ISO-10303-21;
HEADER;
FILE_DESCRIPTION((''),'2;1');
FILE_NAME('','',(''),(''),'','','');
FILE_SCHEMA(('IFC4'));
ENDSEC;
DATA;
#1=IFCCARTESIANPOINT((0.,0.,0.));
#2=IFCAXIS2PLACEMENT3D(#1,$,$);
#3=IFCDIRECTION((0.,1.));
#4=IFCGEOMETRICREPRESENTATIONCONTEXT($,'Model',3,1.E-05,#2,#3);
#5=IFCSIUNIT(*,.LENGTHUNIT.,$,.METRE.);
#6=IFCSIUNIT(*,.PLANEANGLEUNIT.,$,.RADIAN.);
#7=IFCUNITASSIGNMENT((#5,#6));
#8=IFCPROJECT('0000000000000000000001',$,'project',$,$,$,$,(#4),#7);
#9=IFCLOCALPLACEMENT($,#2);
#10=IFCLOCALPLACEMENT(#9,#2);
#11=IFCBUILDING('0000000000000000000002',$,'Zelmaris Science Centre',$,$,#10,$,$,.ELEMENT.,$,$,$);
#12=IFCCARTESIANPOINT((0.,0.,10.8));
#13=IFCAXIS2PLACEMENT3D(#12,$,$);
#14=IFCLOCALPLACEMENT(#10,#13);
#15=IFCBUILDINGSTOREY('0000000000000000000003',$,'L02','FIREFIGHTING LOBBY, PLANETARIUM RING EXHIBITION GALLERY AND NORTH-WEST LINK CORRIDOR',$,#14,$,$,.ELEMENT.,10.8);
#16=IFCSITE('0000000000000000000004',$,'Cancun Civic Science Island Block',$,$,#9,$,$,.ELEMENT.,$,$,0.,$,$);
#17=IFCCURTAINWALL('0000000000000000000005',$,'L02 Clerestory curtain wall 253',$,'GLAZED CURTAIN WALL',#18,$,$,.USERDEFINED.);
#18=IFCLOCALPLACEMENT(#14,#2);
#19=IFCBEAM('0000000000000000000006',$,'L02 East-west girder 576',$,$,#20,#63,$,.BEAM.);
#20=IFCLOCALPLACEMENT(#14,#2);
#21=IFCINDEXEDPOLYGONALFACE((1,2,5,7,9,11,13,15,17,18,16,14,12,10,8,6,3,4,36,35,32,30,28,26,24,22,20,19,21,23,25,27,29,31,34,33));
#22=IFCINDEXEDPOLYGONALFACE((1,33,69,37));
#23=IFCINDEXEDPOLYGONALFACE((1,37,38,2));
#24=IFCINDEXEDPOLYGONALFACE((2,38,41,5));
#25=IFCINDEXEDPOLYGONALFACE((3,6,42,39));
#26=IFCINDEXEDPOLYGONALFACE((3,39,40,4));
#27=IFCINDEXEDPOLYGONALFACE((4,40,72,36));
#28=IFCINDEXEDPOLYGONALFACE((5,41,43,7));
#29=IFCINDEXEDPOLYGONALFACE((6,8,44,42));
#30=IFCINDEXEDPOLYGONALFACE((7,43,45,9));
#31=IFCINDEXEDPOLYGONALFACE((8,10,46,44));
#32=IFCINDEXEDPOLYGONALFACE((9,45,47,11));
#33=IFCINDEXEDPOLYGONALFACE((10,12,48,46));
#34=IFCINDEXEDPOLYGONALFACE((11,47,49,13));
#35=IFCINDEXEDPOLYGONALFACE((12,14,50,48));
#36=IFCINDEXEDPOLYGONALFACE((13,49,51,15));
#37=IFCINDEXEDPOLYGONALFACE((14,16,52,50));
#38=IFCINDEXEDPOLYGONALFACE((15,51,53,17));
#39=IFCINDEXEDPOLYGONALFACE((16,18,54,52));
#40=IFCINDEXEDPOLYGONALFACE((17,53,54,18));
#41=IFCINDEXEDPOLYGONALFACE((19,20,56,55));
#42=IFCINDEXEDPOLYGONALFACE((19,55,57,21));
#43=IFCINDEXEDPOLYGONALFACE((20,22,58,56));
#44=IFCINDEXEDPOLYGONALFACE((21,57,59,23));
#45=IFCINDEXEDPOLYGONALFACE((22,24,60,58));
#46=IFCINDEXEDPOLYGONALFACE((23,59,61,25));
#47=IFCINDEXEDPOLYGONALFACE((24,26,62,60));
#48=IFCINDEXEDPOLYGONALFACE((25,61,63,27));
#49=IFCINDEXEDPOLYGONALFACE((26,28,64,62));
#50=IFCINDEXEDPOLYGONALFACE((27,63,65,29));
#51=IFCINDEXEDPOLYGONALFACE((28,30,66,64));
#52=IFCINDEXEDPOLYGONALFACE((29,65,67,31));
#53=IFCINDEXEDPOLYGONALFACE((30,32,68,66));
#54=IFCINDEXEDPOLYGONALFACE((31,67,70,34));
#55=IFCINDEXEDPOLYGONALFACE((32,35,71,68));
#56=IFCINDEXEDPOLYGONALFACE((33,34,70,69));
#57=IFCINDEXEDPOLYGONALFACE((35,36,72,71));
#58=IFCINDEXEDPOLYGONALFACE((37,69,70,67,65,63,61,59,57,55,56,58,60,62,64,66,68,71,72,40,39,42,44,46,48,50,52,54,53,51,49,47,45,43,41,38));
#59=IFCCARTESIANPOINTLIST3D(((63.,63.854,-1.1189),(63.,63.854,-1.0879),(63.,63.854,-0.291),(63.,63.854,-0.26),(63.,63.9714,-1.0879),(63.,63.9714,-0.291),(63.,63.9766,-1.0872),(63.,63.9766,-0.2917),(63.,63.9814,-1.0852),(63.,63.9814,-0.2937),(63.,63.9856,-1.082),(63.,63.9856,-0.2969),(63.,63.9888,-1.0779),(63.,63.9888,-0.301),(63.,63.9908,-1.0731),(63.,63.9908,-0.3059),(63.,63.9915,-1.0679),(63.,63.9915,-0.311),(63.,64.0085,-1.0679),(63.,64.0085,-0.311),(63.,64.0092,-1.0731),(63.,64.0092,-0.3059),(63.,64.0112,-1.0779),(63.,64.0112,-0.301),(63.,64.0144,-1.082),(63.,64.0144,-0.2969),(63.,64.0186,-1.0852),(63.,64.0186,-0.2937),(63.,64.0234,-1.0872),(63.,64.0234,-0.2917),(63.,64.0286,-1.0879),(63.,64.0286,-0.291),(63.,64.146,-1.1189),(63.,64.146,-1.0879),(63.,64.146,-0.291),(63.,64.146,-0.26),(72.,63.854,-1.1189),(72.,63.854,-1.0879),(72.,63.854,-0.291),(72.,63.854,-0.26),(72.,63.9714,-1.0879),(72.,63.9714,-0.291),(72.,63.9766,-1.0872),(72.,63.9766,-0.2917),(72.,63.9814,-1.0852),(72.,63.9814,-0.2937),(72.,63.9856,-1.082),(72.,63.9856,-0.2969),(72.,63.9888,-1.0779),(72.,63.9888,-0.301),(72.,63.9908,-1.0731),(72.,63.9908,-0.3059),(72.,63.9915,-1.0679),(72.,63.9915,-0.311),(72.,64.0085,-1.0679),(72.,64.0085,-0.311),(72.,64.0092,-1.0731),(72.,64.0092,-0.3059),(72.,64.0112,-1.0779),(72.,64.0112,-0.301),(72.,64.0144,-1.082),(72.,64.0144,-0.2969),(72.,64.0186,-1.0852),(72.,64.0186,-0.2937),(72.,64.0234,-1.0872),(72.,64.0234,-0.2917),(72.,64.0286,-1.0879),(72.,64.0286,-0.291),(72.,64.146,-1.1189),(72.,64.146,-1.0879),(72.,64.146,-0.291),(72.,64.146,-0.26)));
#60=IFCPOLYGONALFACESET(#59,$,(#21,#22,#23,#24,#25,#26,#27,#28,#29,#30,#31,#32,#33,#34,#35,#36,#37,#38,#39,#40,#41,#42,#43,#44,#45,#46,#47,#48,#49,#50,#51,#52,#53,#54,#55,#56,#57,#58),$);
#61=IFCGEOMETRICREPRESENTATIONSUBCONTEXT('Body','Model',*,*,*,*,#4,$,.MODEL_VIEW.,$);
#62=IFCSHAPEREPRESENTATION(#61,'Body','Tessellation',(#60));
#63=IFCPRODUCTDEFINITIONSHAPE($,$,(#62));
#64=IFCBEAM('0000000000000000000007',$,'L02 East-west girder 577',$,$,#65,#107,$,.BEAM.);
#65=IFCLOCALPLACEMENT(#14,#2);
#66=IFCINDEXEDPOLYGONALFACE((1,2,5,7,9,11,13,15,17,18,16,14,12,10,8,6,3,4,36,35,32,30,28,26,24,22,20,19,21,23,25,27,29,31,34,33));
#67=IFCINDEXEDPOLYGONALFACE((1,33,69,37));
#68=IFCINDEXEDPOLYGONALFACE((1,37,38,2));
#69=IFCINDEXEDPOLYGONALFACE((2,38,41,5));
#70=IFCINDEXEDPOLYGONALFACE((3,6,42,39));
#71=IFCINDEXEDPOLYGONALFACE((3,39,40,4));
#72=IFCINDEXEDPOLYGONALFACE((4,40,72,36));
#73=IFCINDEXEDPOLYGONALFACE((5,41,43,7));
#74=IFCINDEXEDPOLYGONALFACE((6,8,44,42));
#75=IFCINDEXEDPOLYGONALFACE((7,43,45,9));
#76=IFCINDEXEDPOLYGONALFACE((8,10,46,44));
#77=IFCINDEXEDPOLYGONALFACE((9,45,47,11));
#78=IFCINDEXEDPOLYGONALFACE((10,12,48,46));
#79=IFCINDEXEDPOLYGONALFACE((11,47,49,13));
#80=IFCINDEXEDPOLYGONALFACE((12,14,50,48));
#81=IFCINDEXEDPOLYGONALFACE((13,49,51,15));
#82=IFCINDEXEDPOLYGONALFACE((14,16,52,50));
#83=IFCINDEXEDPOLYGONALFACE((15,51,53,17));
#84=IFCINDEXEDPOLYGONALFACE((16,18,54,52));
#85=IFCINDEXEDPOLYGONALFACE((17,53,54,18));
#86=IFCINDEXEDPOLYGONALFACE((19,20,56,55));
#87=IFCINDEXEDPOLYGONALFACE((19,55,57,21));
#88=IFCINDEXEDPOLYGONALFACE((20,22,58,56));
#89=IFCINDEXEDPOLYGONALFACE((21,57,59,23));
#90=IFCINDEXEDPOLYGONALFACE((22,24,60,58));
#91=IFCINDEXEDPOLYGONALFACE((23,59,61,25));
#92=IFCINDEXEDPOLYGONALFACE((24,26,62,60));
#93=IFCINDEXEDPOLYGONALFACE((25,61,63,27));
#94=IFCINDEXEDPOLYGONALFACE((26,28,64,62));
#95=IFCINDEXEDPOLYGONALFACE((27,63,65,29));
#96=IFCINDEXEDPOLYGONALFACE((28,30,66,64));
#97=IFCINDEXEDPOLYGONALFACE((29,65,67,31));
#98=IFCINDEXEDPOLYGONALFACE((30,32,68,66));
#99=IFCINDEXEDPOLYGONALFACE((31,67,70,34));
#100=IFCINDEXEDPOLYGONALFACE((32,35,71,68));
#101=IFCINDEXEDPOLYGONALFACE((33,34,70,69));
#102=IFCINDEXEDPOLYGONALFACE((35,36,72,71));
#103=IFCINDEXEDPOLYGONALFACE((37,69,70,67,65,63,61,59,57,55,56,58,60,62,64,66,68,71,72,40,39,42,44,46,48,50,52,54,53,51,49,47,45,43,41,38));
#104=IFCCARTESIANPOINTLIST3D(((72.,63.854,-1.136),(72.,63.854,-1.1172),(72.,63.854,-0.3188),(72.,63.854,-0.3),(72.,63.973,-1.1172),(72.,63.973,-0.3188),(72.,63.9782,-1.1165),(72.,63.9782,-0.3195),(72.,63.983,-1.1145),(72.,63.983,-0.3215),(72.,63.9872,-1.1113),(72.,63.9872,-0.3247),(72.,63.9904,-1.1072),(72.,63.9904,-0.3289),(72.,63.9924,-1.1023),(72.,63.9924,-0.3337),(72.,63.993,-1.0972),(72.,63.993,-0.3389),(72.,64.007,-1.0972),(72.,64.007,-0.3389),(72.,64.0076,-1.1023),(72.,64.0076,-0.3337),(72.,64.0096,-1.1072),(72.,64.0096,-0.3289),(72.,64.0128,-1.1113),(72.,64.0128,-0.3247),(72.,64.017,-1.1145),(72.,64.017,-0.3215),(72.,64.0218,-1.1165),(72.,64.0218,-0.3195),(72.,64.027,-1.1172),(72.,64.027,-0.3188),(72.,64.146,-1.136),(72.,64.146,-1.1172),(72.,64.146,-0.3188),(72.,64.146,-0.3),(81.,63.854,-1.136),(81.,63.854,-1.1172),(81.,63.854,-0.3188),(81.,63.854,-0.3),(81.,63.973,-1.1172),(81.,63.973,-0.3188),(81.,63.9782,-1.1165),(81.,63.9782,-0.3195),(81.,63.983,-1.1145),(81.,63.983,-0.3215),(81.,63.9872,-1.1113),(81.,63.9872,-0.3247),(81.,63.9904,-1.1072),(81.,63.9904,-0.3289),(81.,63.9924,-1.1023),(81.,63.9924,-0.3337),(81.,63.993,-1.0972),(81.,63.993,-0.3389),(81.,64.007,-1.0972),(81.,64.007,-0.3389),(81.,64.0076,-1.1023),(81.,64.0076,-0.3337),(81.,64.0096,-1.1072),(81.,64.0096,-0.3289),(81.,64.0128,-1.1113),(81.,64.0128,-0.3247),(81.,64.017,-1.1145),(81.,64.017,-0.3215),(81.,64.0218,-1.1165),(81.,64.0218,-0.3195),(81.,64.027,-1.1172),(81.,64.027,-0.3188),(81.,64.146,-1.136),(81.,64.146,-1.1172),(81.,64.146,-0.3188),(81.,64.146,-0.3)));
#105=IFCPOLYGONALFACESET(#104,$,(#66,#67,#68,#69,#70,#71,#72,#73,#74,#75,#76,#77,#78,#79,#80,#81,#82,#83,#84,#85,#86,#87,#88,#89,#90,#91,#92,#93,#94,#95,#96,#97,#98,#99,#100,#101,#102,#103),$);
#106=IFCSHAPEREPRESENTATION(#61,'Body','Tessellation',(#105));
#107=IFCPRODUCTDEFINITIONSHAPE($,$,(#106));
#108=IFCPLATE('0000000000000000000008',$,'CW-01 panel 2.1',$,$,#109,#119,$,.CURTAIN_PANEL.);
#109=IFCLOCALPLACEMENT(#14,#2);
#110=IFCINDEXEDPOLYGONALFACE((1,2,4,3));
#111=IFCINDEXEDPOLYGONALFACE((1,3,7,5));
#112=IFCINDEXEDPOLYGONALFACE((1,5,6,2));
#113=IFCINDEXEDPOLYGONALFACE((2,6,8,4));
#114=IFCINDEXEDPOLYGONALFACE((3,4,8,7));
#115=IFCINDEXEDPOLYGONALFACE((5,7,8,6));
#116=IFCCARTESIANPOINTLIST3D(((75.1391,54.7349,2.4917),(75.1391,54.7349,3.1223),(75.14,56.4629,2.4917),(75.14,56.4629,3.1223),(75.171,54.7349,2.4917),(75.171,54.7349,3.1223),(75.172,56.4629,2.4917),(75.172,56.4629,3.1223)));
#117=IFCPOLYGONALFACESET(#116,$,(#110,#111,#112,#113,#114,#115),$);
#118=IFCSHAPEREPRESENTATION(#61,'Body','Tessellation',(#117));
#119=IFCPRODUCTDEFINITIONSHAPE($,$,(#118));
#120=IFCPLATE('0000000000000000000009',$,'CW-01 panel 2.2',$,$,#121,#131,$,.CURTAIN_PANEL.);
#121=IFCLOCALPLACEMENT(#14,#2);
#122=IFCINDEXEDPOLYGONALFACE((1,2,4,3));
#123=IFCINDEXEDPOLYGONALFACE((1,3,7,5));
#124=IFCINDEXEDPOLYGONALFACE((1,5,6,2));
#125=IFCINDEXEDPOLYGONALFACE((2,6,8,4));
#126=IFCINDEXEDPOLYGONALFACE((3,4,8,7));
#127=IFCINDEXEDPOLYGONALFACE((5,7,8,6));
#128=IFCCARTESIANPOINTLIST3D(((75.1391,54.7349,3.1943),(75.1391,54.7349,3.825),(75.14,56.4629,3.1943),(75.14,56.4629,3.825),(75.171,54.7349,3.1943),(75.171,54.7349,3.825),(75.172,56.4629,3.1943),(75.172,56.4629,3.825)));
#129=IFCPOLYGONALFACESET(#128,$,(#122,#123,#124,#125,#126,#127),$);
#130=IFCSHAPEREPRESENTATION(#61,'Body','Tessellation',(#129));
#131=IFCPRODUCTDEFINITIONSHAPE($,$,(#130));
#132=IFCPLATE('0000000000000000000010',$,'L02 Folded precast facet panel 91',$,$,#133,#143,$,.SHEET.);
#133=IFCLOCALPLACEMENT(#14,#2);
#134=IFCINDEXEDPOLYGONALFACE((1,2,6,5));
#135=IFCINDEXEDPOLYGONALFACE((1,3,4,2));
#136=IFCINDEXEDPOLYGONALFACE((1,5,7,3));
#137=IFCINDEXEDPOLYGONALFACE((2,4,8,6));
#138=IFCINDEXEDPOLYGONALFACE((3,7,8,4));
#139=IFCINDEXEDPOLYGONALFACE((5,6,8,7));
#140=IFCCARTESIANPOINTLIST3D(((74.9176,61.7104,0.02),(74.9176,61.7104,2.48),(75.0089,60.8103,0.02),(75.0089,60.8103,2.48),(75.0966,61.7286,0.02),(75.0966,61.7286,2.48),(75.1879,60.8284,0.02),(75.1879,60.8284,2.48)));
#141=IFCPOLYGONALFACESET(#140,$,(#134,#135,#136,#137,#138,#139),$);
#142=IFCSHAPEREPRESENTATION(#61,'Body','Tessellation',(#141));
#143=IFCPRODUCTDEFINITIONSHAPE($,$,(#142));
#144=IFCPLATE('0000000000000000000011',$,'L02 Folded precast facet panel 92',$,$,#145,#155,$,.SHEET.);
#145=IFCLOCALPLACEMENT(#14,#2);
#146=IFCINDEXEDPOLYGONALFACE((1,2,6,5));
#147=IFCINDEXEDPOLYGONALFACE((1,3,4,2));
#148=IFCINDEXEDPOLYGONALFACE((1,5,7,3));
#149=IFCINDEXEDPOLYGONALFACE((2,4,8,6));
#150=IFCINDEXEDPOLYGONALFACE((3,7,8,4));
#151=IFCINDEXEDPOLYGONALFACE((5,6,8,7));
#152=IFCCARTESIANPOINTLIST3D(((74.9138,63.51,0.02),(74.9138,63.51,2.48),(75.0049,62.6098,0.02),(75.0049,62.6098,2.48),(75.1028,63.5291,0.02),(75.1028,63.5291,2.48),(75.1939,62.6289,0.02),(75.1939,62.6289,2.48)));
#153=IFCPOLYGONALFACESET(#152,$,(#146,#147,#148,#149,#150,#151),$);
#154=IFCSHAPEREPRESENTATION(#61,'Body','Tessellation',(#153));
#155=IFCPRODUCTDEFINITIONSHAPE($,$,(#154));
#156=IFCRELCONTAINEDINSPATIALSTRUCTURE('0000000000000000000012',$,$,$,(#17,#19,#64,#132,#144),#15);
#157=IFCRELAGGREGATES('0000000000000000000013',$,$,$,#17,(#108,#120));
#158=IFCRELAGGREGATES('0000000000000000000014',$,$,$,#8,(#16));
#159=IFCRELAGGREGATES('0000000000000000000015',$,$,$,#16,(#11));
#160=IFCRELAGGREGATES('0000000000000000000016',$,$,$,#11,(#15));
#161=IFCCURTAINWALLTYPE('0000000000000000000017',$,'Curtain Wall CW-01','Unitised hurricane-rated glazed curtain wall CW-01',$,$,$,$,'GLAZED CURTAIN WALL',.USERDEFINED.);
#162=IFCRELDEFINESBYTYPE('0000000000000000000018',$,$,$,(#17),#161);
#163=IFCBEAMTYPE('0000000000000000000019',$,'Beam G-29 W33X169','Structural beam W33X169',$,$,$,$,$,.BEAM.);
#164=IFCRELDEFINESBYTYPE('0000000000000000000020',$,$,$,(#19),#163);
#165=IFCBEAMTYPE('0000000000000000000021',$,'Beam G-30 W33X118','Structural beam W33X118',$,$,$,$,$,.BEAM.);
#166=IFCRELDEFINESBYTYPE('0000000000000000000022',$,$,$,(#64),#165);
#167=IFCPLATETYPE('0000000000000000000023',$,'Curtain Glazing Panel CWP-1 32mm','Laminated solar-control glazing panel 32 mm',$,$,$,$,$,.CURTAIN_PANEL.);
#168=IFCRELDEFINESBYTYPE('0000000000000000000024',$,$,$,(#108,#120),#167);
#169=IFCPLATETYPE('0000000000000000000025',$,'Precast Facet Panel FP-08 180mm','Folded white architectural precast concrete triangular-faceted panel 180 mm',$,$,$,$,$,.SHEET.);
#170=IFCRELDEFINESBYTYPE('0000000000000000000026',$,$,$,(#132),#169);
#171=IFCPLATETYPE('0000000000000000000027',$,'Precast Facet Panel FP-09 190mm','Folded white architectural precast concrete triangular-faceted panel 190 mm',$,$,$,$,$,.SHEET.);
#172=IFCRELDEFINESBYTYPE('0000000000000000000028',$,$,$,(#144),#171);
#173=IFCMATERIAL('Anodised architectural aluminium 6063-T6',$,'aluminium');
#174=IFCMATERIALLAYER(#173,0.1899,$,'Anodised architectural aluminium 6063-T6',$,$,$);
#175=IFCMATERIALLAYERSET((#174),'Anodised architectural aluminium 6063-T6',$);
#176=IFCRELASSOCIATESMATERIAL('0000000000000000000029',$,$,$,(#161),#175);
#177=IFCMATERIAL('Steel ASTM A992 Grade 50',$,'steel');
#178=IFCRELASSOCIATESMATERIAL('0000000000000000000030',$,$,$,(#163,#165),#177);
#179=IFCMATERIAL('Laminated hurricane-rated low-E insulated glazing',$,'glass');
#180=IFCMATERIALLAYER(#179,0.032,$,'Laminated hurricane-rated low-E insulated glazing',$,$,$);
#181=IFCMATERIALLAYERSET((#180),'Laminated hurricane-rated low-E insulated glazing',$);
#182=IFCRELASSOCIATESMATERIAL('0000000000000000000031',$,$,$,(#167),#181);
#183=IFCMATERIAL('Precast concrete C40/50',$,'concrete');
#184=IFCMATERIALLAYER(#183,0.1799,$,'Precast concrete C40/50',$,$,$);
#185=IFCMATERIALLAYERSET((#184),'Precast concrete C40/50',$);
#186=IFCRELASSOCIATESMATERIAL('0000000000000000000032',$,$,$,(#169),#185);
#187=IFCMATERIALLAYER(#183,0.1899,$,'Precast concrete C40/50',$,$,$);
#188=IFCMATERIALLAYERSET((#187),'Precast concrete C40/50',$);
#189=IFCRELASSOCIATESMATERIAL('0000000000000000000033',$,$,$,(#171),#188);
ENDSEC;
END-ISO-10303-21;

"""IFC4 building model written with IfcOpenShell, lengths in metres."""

from ifc_helpers import new_model, si_unit, direction, frame, frame_2d, origin, origin_2d, place, context, subcontext, project, spatial, rectangle, i_section, extrude, material, layer, layer_set, material_profile, profile_set, type_object, element, aggregate, save


model = new_model("IFC4")

# Units and contexts
model_context = context("Model", 3, precision=1e-05, world=origin(), true_north=direction((0.0, 1.0)))
body_context = subcontext(model_context, "Body", "Model", "MODEL_VIEW")
ifc_project = project(units=[si_unit("LENGTHUNIT", "METRE"), si_unit("PLANEANGLEUNIT", "RADIAN")], contexts=[model_context])

# Site, building, storey
site_placement = place(None, origin())
site = spatial("IfcSite", under=ifc_project, at=site_placement, Name="Cancun Civic Science Island Block", CompositionType="ELEMENT", RefElevation=0.0)
building_placement = place(site_placement, origin())
building = spatial("IfcBuilding", under=site, at=building_placement, Name="Zelmaris Science Centre", CompositionType="ELEMENT")
storey_placement = place(building_placement, frame((0.0, 0.0, 10.8)))
storey = spatial("IfcBuildingStorey", under=building, at=storey_placement, Name="L02", Description="FIREFIGHTING LOBBY, PLANETARIUM RING EXHIBITION GALLERY AND NORTH-WEST LINK CORRIDOR", CompositionType="ELEMENT", Elevation=10.8)

# Shared definitions
ifc_material_1 = material(Name="Steel ASTM A992 Grade 50", Category="steel")

# Curtain wall
ifc_material_2 = material(Name="Anodised architectural aluminium 6063-T6", Category="aluminium")
ifc_layer_1 = layer(ifc_material_2, 0.1899, Name="Anodised architectural aluminium 6063-T6")
ifc_layer_set_1 = layer_set([ifc_layer_1], Name="Anodised architectural aluminium 6063-T6")
curtain_wall_type = type_object("IfcCurtainWallType", Name="Curtain Wall CW-01", Description="Unitised hurricane-rated glazed curtain wall CW-01", ElementType="GLAZED CURTAIN WALL", PredefinedType="USERDEFINED", material=ifc_layer_set_1)
curtain_wall_placement = place(storey_placement, origin())
curtain_wall = element("IfcCurtainWall", 1, at=curtain_wall_placement, inside=storey, type_object=curtain_wall_type, Name="L02 Clerestory curtain wall 253", ObjectType="GLAZED CURTAIN WALL", PredefinedType="USERDEFINED")

# Beams
ifc_material_profile_1 = material_profile(ifc_material_1, i_section(OverallWidth=0.292, OverallDepth=0.8589, WebThickness=0.0171, FlangeThickness=0.031, FilletRadius=0.02, at=origin_2d()), Name="W33X169")
ifc_profile_set_1 = profile_set([ifc_material_profile_1], Name="Steel ASTM A992 Grade 50")
beam_type_1 = type_object("IfcBeamType", Name="Beam G-29 W33X169", Description="Structural beam W33X169", PredefinedType="BEAM", material=ifc_profile_set_1)
beam_1_placement = place(storey_placement, frame((63.0, 64.0, -0.6895), z_axis=(1.0, 0.0, 0.0), x_axis=(0.0, 1.0, 0.0)))
element("IfcBeam", 2, at=beam_1_placement, inside=storey, type_object=beam_type_1, Name="L02 East-west girder 576", PredefinedType="BEAM", context=body_context, shape_type="SweptSolid", body=[
    extrude(i_section(OverallWidth=0.292, OverallDepth=0.8589, WebThickness=0.0171, FlangeThickness=0.031, FilletRadius=0.02, at=origin_2d()), origin(), (0.0, 0.0, 1.0), 9.0),
])
ifc_material_profile_2 = material_profile(ifc_material_1, i_section(OverallWidth=0.292, OverallDepth=0.8359, WebThickness=0.0139, FlangeThickness=0.0188, FilletRadius=0.02, at=origin_2d()), Name="W33X118")
ifc_profile_set_2 = profile_set([ifc_material_profile_2], Name="Steel ASTM A992 Grade 50")
beam_type_2 = type_object("IfcBeamType", Name="Beam G-30 W33X118", Description="Structural beam W33X118", PredefinedType="BEAM", material=ifc_profile_set_2)
beam_2_placement = place(storey_placement, frame((72.0, 64.0, -0.718), z_axis=(1.0, 0.0, 0.0), x_axis=(0.0, 1.0, 0.0)))
element("IfcBeam", 3, at=beam_2_placement, inside=storey, type_object=beam_type_2, Name="L02 East-west girder 577", PredefinedType="BEAM", context=body_context, shape_type="SweptSolid", body=[
    extrude(i_section(OverallWidth=0.292, OverallDepth=0.8359, WebThickness=0.0139, FlangeThickness=0.0188, FilletRadius=0.02, at=origin_2d()), origin(), (0.0, 0.0, 1.0), 9.0),
])

# Plates
ifc_material_3 = material(Name="Laminated hurricane-rated low-E insulated glazing", Category="glass")
ifc_layer_2 = layer(ifc_material_3, 0.032, Name="Laminated hurricane-rated low-E insulated glazing")
ifc_layer_set_2 = layer_set([ifc_layer_2], Name="Laminated hurricane-rated low-E insulated glazing")
plate_type_1 = type_object("IfcPlateType", Name="Curtain Glazing Panel CWP-1 32mm", Description="Laminated solar-control glazing panel 32 mm", PredefinedType="CURTAIN_PANEL", material=ifc_layer_set_2)
plate_1_placement = place(storey_placement, frame((75.1555, 55.5989, 2.4917), z_axis=(0.0, 0.0, 1.0), x_axis=(0.000535, 1.0, 0.0)))
plate_1 = element("IfcPlate", 4, at=plate_1_placement, type_object=plate_type_1, Name="CW-01 panel 2.1", PredefinedType="CURTAIN_PANEL", context=body_context, shape_type="SweptSolid", body=[
    extrude(rectangle(XDim=1.728, YDim=0.032, at=origin_2d()), origin(), (0.0, 0.0, 1.0), 0.6306),
])
plate_2_placement = place(storey_placement, frame((75.1555, 55.5989, 3.1943), z_axis=(0.0, 0.0, 1.0), x_axis=(0.000535, 1.0, 0.0)))
plate_2 = element("IfcPlate", 5, at=plate_2_placement, type_object=plate_type_1, Name="CW-01 panel 2.2", PredefinedType="CURTAIN_PANEL", context=body_context, shape_type="SweptSolid", body=[
    extrude(rectangle(XDim=1.728, YDim=0.032, at=origin_2d()), origin(), (0.0, 0.0, 1.0), 0.6306),
])
aggregate(curtain_wall, [plate_1, plate_2])

# Plates
ifc_material_4 = material(Name="Precast concrete C40/50", Category="concrete")
ifc_layer_3 = layer(ifc_material_4, 0.1799, Name="Precast concrete C40/50")
ifc_layer_set_3 = layer_set([ifc_layer_3], Name="Precast concrete C40/50")
plate_type_2 = type_object("IfcPlateType", Name="Precast Facet Panel FP-08 180mm", Description="Folded white architectural precast concrete triangular-faceted panel 180 mm", PredefinedType="SHEET", material=ifc_layer_set_3)
plate_3_placement = place(storey_placement, frame((75.0984, 60.8193, 0.02), z_axis=(0.0, 0.0, 1.0), x_axis=(-0.10092, 0.994895, 0.0)))
element("IfcPlate", 6, at=plate_3_placement, inside=storey, type_object=plate_type_2, Name="L02 Folded precast facet panel 91", PredefinedType="SHEET", context=body_context, shape_type="SweptSolid", body=[
    extrude(rectangle(XDim=0.9048, YDim=0.1799, at=frame_2d((0.4524, 0.0))), origin(), (0.0, 0.0, 1.0), 2.46),
])
ifc_layer_4 = layer(ifc_material_4, 0.1899, Name="Precast concrete C40/50")
ifc_layer_set_4 = layer_set([ifc_layer_4], Name="Precast concrete C40/50")
plate_type_3 = type_object("IfcPlateType", Name="Precast Facet Panel FP-09 190mm", Description="Folded white architectural precast concrete triangular-faceted panel 190 mm", PredefinedType="SHEET", material=ifc_layer_set_4)
plate_4_placement = place(storey_placement, frame((75.0994, 62.6194, 0.02), z_axis=(0.0, 0.0, 1.0), x_axis=(-0.100653, 0.994922, 0.0)))
element("IfcPlate", 7, at=plate_4_placement, inside=storey, type_object=plate_type_3, Name="L02 Folded precast facet panel 92", PredefinedType="SHEET", context=body_context, shape_type="SweptSolid", body=[
    extrude(rectangle(XDim=0.9048, YDim=0.1899, at=frame_2d((0.4524, 0.0))), origin(), (0.0, 0.0, 1.0), 2.46),
])

save(model, "model.ifc")
